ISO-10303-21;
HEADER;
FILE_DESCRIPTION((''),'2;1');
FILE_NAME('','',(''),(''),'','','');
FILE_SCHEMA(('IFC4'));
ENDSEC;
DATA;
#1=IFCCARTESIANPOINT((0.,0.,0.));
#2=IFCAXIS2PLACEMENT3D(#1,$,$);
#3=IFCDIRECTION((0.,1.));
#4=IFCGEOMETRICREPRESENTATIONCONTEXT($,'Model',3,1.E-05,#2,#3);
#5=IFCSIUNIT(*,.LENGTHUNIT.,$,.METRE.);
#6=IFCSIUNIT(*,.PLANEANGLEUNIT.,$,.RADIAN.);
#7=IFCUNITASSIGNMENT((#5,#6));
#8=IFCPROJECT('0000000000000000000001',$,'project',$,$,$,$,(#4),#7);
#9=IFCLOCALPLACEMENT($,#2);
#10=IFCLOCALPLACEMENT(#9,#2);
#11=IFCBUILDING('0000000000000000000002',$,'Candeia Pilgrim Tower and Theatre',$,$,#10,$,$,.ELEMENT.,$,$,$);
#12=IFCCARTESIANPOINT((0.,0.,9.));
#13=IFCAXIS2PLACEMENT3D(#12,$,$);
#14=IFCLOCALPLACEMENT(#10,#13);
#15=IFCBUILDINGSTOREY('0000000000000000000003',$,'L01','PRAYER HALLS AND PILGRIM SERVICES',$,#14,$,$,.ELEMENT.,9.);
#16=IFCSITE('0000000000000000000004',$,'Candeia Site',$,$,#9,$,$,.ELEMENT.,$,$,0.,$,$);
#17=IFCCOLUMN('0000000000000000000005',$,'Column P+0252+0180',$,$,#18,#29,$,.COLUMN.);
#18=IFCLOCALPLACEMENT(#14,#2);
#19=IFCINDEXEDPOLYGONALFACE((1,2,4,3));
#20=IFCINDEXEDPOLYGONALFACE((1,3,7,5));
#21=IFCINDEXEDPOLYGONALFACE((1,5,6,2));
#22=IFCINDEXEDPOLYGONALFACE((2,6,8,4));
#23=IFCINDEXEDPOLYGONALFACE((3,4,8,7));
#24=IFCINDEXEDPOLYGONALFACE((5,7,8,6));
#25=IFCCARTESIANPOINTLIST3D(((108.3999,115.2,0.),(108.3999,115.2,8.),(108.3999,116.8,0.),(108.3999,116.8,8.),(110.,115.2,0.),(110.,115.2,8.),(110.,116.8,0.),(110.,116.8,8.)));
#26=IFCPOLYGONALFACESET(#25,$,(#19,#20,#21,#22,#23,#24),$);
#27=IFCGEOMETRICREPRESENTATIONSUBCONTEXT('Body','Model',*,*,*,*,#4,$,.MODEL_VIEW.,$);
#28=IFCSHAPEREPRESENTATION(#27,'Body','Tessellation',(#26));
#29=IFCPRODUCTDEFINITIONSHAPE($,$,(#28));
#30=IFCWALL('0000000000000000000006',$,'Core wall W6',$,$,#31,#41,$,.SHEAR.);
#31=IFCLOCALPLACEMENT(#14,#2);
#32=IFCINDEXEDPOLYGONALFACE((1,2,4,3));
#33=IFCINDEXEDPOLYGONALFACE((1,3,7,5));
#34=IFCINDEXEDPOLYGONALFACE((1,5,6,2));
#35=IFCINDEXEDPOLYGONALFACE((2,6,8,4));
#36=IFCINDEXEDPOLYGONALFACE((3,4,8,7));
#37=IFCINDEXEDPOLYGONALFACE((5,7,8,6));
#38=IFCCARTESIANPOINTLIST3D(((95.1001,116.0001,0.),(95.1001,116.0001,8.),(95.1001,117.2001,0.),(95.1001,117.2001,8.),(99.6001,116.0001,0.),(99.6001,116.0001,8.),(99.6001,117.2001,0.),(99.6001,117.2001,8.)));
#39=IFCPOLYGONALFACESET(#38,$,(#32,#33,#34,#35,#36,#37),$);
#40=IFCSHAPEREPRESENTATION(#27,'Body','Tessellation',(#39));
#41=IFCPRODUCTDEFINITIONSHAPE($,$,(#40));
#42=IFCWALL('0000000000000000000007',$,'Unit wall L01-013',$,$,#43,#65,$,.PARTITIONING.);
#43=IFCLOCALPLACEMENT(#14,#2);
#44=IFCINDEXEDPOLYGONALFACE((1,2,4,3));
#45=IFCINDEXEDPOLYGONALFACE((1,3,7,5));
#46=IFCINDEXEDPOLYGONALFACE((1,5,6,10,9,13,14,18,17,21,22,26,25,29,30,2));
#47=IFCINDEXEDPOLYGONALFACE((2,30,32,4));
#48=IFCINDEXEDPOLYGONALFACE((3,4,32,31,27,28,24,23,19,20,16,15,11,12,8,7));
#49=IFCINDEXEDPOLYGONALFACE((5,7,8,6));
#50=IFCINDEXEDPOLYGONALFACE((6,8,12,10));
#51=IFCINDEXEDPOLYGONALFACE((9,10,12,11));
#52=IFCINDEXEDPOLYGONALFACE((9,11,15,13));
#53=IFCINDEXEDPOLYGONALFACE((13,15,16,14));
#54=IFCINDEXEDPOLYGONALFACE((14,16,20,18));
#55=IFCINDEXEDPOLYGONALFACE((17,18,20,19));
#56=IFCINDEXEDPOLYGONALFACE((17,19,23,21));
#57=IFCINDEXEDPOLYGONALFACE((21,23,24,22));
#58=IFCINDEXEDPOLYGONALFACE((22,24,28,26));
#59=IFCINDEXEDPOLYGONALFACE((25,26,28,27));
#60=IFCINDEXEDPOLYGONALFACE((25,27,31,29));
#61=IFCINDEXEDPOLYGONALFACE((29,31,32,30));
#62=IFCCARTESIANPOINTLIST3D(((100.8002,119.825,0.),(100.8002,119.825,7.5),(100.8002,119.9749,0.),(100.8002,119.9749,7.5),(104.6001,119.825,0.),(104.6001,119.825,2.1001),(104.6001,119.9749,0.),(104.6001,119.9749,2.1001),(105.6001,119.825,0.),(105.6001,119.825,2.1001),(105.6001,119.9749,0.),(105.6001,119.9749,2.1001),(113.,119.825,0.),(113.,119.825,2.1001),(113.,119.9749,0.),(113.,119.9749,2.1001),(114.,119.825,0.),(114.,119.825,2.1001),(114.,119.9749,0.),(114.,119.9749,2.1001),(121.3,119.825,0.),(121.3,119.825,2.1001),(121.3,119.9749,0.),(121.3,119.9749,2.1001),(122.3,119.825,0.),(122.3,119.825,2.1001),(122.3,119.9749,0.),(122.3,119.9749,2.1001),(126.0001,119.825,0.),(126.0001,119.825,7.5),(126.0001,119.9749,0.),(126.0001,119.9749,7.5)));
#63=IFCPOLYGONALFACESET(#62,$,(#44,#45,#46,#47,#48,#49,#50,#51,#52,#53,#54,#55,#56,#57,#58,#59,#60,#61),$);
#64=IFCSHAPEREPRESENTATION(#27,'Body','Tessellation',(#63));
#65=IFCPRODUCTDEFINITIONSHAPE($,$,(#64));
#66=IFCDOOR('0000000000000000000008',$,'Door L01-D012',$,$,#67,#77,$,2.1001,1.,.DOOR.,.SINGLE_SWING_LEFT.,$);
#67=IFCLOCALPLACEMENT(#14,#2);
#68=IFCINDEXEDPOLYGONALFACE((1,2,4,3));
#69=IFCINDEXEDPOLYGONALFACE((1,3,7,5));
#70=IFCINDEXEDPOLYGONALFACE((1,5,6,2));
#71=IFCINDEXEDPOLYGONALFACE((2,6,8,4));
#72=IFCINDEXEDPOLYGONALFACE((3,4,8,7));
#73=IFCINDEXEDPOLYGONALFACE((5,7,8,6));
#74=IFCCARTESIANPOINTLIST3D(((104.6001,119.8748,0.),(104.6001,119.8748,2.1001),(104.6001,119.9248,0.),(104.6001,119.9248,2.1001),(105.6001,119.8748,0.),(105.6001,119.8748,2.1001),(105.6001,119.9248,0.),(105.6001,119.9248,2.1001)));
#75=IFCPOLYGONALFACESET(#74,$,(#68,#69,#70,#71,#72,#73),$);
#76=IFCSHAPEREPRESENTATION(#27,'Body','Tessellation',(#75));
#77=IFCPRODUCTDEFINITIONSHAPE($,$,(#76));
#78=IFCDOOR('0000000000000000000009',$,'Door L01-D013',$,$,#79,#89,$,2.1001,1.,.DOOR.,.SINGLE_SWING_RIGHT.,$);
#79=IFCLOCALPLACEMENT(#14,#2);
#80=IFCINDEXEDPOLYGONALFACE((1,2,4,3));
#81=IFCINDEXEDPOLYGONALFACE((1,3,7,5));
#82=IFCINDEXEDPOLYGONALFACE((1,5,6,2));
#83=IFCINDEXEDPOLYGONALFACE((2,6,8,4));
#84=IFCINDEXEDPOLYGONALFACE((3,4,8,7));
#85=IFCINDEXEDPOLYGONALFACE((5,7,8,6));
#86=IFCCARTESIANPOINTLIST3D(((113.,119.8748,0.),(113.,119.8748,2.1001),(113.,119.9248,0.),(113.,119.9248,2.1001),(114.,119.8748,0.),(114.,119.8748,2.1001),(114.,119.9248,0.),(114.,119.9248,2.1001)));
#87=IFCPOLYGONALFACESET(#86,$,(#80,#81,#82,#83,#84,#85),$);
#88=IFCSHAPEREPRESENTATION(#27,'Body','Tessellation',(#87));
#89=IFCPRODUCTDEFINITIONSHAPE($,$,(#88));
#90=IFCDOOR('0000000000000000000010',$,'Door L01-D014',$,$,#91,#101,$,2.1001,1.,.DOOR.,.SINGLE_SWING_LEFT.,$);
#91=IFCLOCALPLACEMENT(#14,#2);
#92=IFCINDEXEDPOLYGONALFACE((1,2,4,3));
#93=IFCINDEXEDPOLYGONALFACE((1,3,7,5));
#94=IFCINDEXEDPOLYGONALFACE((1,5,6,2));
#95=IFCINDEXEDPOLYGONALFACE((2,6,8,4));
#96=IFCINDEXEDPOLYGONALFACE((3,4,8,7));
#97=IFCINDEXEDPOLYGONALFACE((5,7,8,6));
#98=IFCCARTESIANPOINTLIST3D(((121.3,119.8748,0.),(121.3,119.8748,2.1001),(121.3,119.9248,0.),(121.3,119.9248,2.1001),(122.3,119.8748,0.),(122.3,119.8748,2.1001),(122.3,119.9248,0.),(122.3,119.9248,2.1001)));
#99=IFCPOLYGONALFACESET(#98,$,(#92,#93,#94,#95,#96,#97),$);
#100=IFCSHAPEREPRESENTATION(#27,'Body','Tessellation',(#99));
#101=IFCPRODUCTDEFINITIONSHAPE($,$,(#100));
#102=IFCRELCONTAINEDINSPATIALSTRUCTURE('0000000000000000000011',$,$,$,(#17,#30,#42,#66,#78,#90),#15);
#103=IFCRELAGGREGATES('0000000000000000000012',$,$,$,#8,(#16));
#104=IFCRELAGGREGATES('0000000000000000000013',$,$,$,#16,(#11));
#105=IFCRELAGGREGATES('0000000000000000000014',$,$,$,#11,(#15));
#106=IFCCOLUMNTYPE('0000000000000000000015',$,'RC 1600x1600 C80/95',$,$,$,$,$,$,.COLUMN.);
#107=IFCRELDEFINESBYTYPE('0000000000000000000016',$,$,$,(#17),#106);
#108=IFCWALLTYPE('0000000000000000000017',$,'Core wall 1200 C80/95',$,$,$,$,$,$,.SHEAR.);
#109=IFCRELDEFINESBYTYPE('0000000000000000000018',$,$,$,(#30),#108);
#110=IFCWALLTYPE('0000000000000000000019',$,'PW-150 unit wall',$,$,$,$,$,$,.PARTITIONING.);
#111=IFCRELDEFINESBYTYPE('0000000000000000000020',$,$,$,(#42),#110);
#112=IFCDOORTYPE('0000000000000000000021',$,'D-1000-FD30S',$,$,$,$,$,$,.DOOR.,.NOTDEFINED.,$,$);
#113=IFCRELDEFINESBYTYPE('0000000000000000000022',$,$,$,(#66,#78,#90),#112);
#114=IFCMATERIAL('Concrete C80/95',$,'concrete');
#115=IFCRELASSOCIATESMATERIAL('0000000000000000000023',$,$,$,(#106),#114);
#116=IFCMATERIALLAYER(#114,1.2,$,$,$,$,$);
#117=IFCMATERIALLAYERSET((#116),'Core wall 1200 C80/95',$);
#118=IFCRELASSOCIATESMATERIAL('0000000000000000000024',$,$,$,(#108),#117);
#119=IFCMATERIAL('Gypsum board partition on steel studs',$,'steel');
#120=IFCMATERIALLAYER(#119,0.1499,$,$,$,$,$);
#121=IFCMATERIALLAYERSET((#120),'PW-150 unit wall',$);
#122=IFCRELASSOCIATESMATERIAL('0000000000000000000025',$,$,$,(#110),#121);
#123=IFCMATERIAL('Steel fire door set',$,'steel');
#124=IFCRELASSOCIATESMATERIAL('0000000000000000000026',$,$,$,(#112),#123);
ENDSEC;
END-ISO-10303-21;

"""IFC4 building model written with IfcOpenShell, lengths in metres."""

from ifc_helpers import new_model, si_unit, direction, frame, frame_2d, origin, origin_2d, place, context, subcontext, project, spatial, rectangle, extrude, material, layer, layer_set, material_profile, profile_set, type_object, element, fill, save


model = new_model("IFC4")

# Units and contexts
model_context = context("Model", 3, precision=1e-05, world=origin(), true_north=direction((0.0, 1.0)))
body_context = subcontext(model_context, "Body", "Model", "MODEL_VIEW")
ifc_project = project(units=[si_unit("LENGTHUNIT", "METRE"), si_unit("PLANEANGLEUNIT", "RADIAN")], contexts=[model_context])

# Site, building, storey
site_placement = place(None, origin())
site = spatial("IfcSite", under=ifc_project, at=site_placement, Name="Candeia Site", CompositionType="ELEMENT", RefElevation=0.0)
building_placement = place(site_placement, origin())
building = spatial("IfcBuilding", under=site, at=building_placement, Name="Candeia Pilgrim Tower and Theatre", CompositionType="ELEMENT")
storey_placement = place(building_placement, frame((0.0, 0.0, 9.0)))
storey = spatial("IfcBuildingStorey", under=building, at=storey_placement, Name="L01", Description="PRAYER HALLS AND PILGRIM SERVICES", CompositionType="ELEMENT", Elevation=9.0)

# Column
ifc_material_1 = material(Name="Concrete C80/95", Category="concrete")
ifc_material_profile = material_profile(ifc_material_1, rectangle(XDim=1.6001, YDim=1.6001, at=origin_2d()))
ifc_profile_set = profile_set([ifc_material_profile], Name="Concrete C80/95")
column_type = type_object("IfcColumnType", Name="RC 1600x1600 C80/95", PredefinedType="COLUMN", material=ifc_profile_set)
column_placement = place(storey_placement, frame((109.2, 116.0, 0.0), z_axis=(0.0, 0.0, 1.0), x_axis=(1.0, 0.0, 0.0)))
element("IfcColumn", 1, at=column_placement, inside=storey, type_object=column_type, Name="Column P+0252+0180", PredefinedType="COLUMN", context=body_context, shape_type="SweptSolid", body=[
    extrude(rectangle(XDim=1.6001, YDim=1.6001, at=origin_2d()), origin(), (0.0, 0.0, 1.0), 8.0),
])

# Wall
ifc_layer_1 = layer(ifc_material_1, 1.2)
ifc_layer_set_1 = layer_set([ifc_layer_1], Name="Core wall 1200 C80/95")
wall_type_1 = type_object("IfcWallType", Name="Core wall 1200 C80/95", PredefinedType="SHEAR", material=ifc_layer_set_1)
wall_1_placement = place(storey_placement, frame((95.1001, 116.6001, 0.0), z_axis=(0.0, 0.0, 1.0), x_axis=(1.0, 0.0, 0.0)))
element("IfcWall", 2, at=wall_1_placement, inside=storey, type_object=wall_type_1, Name="Core wall W6", PredefinedType="SHEAR", context=body_context, shape_type="SweptSolid", body=[
    extrude(rectangle(XDim=4.5, YDim=1.2, at=frame_2d((2.25, 0.0))), origin(), (0.0, 0.0, 1.0), 8.0),
])

# Wall, openings, doors
ifc_material_2 = material(Name="Gypsum board partition on steel studs", Category="steel")
ifc_layer_2 = layer(ifc_material_2, 0.1499)
ifc_layer_set_2 = layer_set([ifc_layer_2], Name="PW-150 unit wall")
wall_type_2 = type_object("IfcWallType", Name="PW-150 unit wall", PredefinedType="PARTITIONING", material=ifc_layer_set_2)
wall_2_placement = place(storey_placement, frame((100.8, 119.8999, 0.0), z_axis=(0.0, 0.0, 1.0), x_axis=(1.0, 0.0, 0.0)))
wall_2 = element("IfcWall", 3, at=wall_2_placement, inside=storey, type_object=wall_type_2, Name="Unit wall L01-013", PredefinedType="PARTITIONING", context=body_context, shape_type="SweptSolid", body=[
    extrude(rectangle(XDim=25.2, YDim=0.1499, at=frame_2d((12.6001, 0.0))), origin(), (0.0, 0.0, 1.0), 7.5),
])
opening_1_placement = place(wall_2_placement, frame((3.8, 0.0, 0.0)))
opening_1 = element("IfcOpeningElement", 4, at=opening_1_placement, cuts=wall_2, PredefinedType="OPENING", context=body_context, shape_type="SweptSolid", body=[
    extrude(rectangle(XDim=1.0, YDim=2.1001, at=frame_2d((0.5, 1.05))), frame((0.0, 0.085, 0.0), z_axis=(0.0, -1.0, 0.0), x_axis=(1.0, 0.0, 0.0)), (0.0, 0.0, 1.0), 0.1699),
])
opening_2_placement = place(wall_2_placement, frame((12.2, 0.0, 0.0)))
opening_2 = element("IfcOpeningElement", 5, at=opening_2_placement, cuts=wall_2, PredefinedType="OPENING", context=body_context, shape_type="SweptSolid", body=[
    extrude(rectangle(XDim=1.0, YDim=2.1001, at=frame_2d((0.5, 1.05))), frame((0.0, 0.085, 0.0), z_axis=(0.0, -1.0, 0.0), x_axis=(1.0, 0.0, 0.0)), (0.0, 0.0, 1.0), 0.1699),
])
opening_3_placement = place(wall_2_placement, frame((20.5, 0.0, 0.0)))
opening_3 = element("IfcOpeningElement", 6, at=opening_3_placement, cuts=wall_2, PredefinedType="OPENING", context=body_context, shape_type="SweptSolid", body=[
    extrude(rectangle(XDim=1.0, YDim=2.1001, at=frame_2d((0.5, 1.05))), frame((0.0, 0.085, 0.0), z_axis=(0.0, -1.0, 0.0), x_axis=(1.0, 0.0, 0.0)), (0.0, 0.0, 1.0), 0.1699),
])
ifc_material_3 = material(Name="Steel fire door set", Category="steel")
door_type_1 = type_object("IfcDoorType", Name="D-1000-FD30S", OperationType="NOTDEFINED", PredefinedType="DOOR", material=ifc_material_3)
door_1_placement = place(opening_1_placement, origin())
door_1 = element("IfcDoor", 7, at=door_1_placement, inside=storey, type_object=door_type_1, Name="Door L01-D012", OperationType="SINGLE_SWING_LEFT", OverallHeight=2.1001, OverallWidth=1.0, PredefinedType="DOOR", context=body_context, shape_type="SweptSolid", body=[
    extrude(rectangle(XDim=1.0, YDim=2.1001, at=frame_2d((0.5, 1.05))), frame((0.0, 0.0249, 0.0), z_axis=(0.0, -1.0, 0.0), x_axis=(1.0, 0.0, 0.0)), (0.0, 0.0, 1.0), 0.05),
])
fill(opening_1, door_1)
door_2_placement = place(opening_2_placement, origin())
door_2 = element("IfcDoor", 8, at=door_2_placement, inside=storey, type_object=door_type_1, Name="Door L01-D013", OperationType="SINGLE_SWING_RIGHT", OverallHeight=2.1001, OverallWidth=1.0, PredefinedType="DOOR", context=body_context, shape_type="SweptSolid", body=[
    extrude(rectangle(XDim=1.0, YDim=2.1001, at=frame_2d((0.5, 1.05))), frame((0.0, 0.0249, 0.0), z_axis=(0.0, -1.0, 0.0), x_axis=(1.0, 0.0, 0.0)), (0.0, 0.0, 1.0), 0.05),
])
fill(opening_2, door_2)
door_3_placement = place(opening_3_placement, origin())
door_3 = element("IfcDoor", 9, at=door_3_placement, inside=storey, type_object=door_type_1, Name="Door L01-D014", OperationType="SINGLE_SWING_LEFT", OverallHeight=2.1001, OverallWidth=1.0, PredefinedType="DOOR", context=body_context, shape_type="SweptSolid", body=[
    extrude(rectangle(XDim=1.0, YDim=2.1001, at=frame_2d((0.5, 1.05))), frame((0.0, 0.0249, 0.0), z_axis=(0.0, -1.0, 0.0), x_axis=(1.0, 0.0, 0.0)), (0.0, 0.0, 1.0), 0.05),
])
fill(opening_3, door_3)

save(model, "model.ifc")
